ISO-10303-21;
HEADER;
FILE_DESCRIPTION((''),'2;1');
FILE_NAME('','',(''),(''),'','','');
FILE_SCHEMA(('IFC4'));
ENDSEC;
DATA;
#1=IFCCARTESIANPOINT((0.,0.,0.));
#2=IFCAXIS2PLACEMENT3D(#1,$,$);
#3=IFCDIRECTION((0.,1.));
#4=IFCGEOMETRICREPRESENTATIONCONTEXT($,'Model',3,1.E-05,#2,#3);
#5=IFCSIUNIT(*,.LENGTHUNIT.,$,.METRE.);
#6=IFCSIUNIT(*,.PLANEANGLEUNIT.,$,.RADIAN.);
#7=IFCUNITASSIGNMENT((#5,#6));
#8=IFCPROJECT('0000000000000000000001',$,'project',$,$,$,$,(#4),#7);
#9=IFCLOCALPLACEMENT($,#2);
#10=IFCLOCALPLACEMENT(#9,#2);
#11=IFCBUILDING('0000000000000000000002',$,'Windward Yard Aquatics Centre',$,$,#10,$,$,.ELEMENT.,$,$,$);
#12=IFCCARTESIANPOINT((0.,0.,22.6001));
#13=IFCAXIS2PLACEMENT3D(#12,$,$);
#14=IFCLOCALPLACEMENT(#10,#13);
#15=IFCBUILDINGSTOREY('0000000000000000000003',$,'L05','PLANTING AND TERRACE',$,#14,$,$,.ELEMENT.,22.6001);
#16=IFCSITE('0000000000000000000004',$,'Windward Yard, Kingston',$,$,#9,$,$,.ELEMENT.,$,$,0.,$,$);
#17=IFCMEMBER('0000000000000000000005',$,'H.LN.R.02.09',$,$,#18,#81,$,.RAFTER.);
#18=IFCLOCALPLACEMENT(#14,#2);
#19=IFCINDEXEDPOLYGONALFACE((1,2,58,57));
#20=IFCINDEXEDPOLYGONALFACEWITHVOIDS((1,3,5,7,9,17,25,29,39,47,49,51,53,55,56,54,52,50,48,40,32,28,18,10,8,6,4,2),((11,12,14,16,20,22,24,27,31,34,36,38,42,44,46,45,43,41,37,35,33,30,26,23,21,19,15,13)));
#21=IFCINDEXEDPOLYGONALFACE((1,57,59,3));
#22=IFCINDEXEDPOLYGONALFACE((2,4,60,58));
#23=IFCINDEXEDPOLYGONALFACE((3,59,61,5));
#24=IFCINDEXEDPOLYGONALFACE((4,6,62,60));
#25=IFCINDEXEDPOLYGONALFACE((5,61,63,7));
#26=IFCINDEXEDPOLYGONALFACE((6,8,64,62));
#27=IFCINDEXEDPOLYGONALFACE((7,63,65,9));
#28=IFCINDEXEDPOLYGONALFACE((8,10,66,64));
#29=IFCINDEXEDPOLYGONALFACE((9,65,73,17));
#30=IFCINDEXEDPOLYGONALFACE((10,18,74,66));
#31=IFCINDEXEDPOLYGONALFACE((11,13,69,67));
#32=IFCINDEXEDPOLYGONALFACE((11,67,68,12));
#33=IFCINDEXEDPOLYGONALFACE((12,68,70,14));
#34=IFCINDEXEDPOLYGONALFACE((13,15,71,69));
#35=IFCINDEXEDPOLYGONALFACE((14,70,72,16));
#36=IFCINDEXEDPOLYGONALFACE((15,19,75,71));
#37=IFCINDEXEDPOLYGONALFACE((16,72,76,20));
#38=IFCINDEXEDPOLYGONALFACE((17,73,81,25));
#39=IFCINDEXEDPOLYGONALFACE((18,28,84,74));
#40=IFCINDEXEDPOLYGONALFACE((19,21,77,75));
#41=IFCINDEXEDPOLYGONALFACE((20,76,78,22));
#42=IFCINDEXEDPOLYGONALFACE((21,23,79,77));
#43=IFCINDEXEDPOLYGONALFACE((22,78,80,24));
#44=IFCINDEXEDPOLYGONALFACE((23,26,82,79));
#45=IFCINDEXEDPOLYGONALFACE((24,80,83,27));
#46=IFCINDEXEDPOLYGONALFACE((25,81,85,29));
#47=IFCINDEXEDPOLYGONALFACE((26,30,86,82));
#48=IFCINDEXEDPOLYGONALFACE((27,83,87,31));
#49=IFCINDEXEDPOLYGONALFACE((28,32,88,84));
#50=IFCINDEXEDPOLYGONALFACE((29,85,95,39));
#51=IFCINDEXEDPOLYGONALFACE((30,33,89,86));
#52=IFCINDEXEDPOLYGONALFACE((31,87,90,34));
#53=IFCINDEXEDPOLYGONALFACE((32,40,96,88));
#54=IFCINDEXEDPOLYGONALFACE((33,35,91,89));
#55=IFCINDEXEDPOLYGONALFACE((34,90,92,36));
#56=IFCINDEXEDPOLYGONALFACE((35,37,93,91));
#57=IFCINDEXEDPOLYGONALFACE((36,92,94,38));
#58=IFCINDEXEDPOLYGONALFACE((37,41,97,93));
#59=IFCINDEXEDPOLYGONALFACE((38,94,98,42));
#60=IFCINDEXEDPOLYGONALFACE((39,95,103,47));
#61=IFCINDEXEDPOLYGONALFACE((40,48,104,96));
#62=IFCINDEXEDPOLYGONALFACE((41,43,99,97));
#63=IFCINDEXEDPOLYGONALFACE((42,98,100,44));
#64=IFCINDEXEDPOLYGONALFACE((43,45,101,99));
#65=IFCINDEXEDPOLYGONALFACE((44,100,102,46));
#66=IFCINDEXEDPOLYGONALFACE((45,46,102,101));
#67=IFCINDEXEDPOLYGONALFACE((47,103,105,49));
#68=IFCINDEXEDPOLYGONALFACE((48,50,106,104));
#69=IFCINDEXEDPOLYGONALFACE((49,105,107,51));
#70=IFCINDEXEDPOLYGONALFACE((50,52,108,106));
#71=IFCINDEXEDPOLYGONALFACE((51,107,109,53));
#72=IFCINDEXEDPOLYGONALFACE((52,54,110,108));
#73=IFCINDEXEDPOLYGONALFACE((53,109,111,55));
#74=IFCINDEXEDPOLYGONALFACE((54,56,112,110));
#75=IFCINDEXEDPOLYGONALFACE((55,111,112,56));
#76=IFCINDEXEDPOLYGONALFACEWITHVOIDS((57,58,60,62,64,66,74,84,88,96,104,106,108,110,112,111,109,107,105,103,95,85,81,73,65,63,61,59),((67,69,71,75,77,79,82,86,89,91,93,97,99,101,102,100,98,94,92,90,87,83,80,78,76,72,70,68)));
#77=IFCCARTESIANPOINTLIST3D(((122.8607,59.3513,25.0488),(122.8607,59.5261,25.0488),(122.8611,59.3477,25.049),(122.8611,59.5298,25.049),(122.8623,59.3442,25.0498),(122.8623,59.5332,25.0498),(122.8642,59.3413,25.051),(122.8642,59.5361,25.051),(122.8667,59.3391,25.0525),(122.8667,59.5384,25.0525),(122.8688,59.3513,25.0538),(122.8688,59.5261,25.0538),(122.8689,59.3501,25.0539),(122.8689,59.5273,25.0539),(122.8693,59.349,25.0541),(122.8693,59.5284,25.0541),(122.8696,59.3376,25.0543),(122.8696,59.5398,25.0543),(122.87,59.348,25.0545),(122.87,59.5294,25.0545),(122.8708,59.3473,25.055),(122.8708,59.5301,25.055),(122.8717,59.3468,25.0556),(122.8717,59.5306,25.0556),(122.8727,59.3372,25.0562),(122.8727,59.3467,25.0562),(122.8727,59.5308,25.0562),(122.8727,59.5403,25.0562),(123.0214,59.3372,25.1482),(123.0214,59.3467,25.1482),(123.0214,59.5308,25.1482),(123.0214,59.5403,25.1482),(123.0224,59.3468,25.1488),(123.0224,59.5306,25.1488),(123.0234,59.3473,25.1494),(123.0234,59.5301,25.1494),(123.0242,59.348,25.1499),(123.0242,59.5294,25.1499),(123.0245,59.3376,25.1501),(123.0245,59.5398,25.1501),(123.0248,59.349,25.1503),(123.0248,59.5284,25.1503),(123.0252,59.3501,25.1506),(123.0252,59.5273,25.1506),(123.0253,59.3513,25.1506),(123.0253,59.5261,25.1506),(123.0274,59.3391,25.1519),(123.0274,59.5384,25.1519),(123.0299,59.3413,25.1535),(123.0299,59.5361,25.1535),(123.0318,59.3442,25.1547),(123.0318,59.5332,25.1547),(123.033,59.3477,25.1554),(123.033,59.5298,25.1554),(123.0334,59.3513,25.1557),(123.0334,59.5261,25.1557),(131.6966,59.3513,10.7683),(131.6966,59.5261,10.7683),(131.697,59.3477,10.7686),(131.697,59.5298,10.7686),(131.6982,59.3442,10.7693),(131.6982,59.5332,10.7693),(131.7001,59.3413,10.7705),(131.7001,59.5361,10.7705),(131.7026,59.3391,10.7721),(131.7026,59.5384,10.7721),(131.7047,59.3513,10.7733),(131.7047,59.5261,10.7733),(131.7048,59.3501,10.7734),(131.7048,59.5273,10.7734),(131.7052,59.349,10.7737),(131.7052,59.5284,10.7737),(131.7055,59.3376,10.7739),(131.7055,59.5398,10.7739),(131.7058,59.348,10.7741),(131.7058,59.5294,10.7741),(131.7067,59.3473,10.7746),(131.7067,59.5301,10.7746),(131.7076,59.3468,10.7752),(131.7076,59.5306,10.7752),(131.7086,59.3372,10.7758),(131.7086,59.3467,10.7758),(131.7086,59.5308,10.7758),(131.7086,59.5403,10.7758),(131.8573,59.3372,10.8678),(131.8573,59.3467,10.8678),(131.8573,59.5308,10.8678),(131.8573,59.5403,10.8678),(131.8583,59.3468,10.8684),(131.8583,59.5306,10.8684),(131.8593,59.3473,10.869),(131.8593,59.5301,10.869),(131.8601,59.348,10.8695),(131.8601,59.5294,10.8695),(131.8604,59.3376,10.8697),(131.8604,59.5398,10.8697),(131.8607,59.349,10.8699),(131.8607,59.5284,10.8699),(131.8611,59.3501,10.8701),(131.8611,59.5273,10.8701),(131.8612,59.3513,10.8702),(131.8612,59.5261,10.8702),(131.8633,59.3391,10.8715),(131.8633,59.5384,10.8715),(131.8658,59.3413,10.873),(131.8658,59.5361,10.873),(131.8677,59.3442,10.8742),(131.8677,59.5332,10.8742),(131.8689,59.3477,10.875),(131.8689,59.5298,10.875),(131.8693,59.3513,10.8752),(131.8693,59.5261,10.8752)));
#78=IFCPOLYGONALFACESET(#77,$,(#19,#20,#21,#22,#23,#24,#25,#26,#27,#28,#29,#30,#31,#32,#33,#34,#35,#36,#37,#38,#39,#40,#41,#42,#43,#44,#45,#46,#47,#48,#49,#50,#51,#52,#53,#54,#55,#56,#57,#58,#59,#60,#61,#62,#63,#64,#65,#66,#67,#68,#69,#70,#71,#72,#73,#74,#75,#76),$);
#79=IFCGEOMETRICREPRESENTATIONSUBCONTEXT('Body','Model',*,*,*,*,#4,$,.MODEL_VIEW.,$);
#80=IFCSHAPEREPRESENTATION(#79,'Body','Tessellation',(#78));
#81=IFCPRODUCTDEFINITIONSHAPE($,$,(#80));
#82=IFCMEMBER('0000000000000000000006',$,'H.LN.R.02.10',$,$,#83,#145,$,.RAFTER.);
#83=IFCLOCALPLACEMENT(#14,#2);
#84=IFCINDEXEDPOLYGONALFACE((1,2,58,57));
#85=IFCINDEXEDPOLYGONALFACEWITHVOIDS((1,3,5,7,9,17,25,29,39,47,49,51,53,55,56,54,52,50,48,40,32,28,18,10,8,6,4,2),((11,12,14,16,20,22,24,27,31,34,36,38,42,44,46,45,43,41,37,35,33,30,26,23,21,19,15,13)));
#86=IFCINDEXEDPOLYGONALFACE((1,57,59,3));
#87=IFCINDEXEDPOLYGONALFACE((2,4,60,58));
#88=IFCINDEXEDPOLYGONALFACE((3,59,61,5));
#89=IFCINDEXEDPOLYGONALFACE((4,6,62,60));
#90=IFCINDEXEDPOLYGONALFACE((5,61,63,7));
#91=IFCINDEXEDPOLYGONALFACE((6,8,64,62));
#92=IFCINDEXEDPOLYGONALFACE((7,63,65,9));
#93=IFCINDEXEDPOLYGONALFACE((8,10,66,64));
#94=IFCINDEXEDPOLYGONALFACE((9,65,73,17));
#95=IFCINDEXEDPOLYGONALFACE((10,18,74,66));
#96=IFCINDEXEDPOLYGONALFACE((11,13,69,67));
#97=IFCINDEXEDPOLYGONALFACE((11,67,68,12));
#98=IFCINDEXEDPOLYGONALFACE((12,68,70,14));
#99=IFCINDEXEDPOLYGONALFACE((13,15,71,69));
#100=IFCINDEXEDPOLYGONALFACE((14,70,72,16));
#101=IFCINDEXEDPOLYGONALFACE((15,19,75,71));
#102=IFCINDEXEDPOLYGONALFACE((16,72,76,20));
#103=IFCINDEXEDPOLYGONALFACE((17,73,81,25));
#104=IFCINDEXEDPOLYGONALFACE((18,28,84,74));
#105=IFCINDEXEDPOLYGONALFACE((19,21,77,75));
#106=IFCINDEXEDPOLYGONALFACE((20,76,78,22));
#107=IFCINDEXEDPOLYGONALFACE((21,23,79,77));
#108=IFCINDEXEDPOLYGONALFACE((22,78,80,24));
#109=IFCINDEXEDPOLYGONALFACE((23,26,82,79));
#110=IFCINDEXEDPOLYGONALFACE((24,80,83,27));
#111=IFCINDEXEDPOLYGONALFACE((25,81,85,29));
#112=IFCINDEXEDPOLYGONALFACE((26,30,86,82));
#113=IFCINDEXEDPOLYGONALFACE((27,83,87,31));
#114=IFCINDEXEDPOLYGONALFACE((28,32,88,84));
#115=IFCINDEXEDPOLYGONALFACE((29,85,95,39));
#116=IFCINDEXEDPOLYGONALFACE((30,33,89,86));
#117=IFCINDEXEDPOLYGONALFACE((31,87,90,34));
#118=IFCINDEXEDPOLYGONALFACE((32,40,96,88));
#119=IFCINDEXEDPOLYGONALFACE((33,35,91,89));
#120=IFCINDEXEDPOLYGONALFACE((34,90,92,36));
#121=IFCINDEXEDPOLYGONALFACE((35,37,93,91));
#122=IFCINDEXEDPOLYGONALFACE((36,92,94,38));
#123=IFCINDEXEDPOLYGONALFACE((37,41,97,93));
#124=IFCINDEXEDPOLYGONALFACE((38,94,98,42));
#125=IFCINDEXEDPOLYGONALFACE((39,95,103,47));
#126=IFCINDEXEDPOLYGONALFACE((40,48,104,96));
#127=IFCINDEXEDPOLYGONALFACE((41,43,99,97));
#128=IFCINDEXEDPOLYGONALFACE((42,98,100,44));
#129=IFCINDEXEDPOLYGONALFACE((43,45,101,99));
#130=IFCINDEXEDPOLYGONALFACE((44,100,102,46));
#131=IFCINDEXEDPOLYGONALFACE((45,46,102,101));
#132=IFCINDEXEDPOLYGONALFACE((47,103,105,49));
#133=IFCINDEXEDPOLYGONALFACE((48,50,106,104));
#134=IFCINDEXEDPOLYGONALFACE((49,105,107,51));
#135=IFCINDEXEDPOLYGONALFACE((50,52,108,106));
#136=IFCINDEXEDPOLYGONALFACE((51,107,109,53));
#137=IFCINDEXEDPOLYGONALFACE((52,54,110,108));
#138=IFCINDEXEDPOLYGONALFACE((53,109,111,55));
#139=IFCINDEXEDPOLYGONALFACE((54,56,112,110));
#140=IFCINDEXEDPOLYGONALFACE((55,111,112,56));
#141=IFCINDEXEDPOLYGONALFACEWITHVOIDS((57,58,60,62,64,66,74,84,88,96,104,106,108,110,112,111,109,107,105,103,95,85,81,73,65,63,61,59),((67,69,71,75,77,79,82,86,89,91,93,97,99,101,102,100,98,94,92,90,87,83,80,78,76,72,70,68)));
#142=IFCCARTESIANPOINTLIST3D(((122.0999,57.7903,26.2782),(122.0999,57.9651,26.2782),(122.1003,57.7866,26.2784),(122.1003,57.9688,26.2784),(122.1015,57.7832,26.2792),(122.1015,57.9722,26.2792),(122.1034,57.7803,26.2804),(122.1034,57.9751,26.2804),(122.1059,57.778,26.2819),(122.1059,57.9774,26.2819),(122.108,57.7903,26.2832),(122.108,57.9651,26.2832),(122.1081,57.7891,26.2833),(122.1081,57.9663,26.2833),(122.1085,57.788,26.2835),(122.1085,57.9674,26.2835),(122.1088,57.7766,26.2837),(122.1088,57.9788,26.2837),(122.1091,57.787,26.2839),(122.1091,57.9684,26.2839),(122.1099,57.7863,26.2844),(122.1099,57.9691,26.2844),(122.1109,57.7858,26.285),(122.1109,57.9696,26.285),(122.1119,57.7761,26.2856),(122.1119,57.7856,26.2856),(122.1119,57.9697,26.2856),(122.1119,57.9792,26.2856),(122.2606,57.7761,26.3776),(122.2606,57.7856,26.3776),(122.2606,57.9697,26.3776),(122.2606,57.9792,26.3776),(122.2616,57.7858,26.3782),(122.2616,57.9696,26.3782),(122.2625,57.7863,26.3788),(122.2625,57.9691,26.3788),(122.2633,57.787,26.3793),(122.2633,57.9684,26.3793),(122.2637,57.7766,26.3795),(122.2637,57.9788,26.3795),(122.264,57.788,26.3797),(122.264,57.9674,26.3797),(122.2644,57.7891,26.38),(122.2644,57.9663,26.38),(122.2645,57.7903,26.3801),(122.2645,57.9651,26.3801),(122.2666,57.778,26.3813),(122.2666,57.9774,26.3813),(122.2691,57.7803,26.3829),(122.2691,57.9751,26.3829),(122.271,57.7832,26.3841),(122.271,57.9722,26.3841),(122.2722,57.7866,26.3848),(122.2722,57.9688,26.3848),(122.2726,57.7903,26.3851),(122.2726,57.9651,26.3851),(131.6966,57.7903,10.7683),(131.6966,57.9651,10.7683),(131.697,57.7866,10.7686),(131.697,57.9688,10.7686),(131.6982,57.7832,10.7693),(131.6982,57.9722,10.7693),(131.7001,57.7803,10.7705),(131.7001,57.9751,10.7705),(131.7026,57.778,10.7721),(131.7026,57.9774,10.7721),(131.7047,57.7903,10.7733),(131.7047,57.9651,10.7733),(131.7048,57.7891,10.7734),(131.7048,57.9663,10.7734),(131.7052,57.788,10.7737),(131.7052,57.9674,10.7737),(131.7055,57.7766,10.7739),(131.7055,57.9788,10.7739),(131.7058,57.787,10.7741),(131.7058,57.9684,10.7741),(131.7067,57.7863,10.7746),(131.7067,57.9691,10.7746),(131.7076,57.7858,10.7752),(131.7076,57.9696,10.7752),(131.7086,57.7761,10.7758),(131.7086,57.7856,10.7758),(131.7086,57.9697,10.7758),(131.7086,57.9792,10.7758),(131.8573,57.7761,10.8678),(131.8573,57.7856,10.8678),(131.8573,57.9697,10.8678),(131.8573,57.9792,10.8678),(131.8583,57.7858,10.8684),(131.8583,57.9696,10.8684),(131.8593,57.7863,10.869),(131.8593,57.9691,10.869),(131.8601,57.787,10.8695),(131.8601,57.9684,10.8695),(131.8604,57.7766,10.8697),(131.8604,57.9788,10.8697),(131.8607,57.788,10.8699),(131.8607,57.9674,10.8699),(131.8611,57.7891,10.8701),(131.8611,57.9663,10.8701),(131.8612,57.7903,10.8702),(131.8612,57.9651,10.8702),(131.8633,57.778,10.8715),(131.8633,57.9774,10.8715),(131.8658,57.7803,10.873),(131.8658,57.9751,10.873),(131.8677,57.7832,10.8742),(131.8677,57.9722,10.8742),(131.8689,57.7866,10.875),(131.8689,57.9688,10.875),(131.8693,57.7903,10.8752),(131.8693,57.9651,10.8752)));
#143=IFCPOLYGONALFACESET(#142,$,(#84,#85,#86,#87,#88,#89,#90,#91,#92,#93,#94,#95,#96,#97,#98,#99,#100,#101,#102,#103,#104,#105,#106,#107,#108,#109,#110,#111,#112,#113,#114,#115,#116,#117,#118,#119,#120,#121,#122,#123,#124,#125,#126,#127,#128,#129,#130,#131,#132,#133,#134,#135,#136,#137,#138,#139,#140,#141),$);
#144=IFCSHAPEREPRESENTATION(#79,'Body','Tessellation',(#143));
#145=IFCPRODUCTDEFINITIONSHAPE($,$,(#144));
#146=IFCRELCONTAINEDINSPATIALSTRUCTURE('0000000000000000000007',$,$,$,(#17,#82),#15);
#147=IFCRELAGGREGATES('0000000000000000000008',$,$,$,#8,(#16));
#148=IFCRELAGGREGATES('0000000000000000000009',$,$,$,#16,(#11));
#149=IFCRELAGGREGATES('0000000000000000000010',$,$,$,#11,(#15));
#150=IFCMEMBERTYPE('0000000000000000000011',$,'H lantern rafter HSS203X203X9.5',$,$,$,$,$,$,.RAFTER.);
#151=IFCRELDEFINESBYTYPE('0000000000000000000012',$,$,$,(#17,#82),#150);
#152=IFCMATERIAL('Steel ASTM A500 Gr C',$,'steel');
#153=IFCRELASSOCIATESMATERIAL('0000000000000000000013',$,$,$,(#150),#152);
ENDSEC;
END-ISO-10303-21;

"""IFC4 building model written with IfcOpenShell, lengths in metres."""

from ifc_helpers import new_model, si_unit, direction, frame, origin, origin_2d, place, context, subcontext, project, spatial, hollow_rectangle, extrude, material, material_profile, profile_set, type_object, element, save


model = new_model("IFC4")

# Units and contexts
model_context = context("Model", 3, precision=1e-05, world=origin(), true_north=direction((0.0, 1.0)))
body_context = subcontext(model_context, "Body", "Model", "MODEL_VIEW")
ifc_project = project(units=[si_unit("LENGTHUNIT", "METRE"), si_unit("PLANEANGLEUNIT", "RADIAN")], contexts=[model_context])

# Site, building, storey
site_placement = place(None, origin())
site = spatial("IfcSite", under=ifc_project, at=site_placement, Name="Windward Yard, Kingston", CompositionType="ELEMENT", RefElevation=0.0)
building_placement = place(site_placement, origin())
building = spatial("IfcBuilding", under=site, at=building_placement, Name="Windward Yard Aquatics Centre", CompositionType="ELEMENT")
storey_placement = place(building_placement, frame((0.0, 0.0, 22.6001)))
storey = spatial("IfcBuildingStorey", under=building, at=storey_placement, Name="L05", Description="PLANTING AND TERRACE", CompositionType="ELEMENT", Elevation=22.6001)

# Members
ifc_material_1 = material(Name="Steel ASTM A500 Gr C", Category="steel")
ifc_material_profile_1 = material_profile(ifc_material_1, hollow_rectangle(XDim=0.2031, YDim=0.2031, WallThickness=0.0095, InnerFilletRadius=0.0046, OuterFilletRadius=0.0142, at=origin_2d()), Name="HSS203X203X9.5")
ifc_profile_set_1 = profile_set([ifc_material_profile_1], Name="Steel ASTM A500 Gr C")
member_type_1 = type_object("IfcMemberType", Name="H lantern rafter HSS203X203X9.5", PredefinedType="RAFTER", material=ifc_profile_set_1)
member_1_placement = place(storey_placement, frame((131.783, 59.4387, 10.8218), z_axis=(-0.526166, 0.0, 0.850382), x_axis=(0.0, -1.0, 0.0)))
element("IfcMember", 1, at=member_1_placement, inside=storey, type_object=member_type_1, Name="H.LN.R.02.09", PredefinedType="RAFTER", context=body_context, shape_type="SweptSolid", body=[
    extrude(hollow_rectangle(XDim=0.2031, YDim=0.2031, WallThickness=0.0095, InnerFilletRadius=0.0046, OuterFilletRadius=0.0142, at=origin_2d()), origin(), (0.0, 0.0, 1.0), 16.793),
])
member_2_placement = place(storey_placement, frame((131.783, 57.8777, 10.8218), z_axis=(-0.526172, 0.0, 0.850378), x_axis=(0.0, -1.0, 0.0)))
element("IfcMember", 2, at=member_2_placement, inside=storey, type_object=member_type_1, Name="H.LN.R.02.10", PredefinedType="RAFTER", context=body_context, shape_type="SweptSolid", body=[
    extrude(hollow_rectangle(XDim=0.2031, YDim=0.2031, WallThickness=0.0095, InnerFilletRadius=0.0046, OuterFilletRadius=0.0142, at=origin_2d()), origin(), (0.0, 0.0, 1.0), 18.2388),
])

save(model, "model.ifc")
